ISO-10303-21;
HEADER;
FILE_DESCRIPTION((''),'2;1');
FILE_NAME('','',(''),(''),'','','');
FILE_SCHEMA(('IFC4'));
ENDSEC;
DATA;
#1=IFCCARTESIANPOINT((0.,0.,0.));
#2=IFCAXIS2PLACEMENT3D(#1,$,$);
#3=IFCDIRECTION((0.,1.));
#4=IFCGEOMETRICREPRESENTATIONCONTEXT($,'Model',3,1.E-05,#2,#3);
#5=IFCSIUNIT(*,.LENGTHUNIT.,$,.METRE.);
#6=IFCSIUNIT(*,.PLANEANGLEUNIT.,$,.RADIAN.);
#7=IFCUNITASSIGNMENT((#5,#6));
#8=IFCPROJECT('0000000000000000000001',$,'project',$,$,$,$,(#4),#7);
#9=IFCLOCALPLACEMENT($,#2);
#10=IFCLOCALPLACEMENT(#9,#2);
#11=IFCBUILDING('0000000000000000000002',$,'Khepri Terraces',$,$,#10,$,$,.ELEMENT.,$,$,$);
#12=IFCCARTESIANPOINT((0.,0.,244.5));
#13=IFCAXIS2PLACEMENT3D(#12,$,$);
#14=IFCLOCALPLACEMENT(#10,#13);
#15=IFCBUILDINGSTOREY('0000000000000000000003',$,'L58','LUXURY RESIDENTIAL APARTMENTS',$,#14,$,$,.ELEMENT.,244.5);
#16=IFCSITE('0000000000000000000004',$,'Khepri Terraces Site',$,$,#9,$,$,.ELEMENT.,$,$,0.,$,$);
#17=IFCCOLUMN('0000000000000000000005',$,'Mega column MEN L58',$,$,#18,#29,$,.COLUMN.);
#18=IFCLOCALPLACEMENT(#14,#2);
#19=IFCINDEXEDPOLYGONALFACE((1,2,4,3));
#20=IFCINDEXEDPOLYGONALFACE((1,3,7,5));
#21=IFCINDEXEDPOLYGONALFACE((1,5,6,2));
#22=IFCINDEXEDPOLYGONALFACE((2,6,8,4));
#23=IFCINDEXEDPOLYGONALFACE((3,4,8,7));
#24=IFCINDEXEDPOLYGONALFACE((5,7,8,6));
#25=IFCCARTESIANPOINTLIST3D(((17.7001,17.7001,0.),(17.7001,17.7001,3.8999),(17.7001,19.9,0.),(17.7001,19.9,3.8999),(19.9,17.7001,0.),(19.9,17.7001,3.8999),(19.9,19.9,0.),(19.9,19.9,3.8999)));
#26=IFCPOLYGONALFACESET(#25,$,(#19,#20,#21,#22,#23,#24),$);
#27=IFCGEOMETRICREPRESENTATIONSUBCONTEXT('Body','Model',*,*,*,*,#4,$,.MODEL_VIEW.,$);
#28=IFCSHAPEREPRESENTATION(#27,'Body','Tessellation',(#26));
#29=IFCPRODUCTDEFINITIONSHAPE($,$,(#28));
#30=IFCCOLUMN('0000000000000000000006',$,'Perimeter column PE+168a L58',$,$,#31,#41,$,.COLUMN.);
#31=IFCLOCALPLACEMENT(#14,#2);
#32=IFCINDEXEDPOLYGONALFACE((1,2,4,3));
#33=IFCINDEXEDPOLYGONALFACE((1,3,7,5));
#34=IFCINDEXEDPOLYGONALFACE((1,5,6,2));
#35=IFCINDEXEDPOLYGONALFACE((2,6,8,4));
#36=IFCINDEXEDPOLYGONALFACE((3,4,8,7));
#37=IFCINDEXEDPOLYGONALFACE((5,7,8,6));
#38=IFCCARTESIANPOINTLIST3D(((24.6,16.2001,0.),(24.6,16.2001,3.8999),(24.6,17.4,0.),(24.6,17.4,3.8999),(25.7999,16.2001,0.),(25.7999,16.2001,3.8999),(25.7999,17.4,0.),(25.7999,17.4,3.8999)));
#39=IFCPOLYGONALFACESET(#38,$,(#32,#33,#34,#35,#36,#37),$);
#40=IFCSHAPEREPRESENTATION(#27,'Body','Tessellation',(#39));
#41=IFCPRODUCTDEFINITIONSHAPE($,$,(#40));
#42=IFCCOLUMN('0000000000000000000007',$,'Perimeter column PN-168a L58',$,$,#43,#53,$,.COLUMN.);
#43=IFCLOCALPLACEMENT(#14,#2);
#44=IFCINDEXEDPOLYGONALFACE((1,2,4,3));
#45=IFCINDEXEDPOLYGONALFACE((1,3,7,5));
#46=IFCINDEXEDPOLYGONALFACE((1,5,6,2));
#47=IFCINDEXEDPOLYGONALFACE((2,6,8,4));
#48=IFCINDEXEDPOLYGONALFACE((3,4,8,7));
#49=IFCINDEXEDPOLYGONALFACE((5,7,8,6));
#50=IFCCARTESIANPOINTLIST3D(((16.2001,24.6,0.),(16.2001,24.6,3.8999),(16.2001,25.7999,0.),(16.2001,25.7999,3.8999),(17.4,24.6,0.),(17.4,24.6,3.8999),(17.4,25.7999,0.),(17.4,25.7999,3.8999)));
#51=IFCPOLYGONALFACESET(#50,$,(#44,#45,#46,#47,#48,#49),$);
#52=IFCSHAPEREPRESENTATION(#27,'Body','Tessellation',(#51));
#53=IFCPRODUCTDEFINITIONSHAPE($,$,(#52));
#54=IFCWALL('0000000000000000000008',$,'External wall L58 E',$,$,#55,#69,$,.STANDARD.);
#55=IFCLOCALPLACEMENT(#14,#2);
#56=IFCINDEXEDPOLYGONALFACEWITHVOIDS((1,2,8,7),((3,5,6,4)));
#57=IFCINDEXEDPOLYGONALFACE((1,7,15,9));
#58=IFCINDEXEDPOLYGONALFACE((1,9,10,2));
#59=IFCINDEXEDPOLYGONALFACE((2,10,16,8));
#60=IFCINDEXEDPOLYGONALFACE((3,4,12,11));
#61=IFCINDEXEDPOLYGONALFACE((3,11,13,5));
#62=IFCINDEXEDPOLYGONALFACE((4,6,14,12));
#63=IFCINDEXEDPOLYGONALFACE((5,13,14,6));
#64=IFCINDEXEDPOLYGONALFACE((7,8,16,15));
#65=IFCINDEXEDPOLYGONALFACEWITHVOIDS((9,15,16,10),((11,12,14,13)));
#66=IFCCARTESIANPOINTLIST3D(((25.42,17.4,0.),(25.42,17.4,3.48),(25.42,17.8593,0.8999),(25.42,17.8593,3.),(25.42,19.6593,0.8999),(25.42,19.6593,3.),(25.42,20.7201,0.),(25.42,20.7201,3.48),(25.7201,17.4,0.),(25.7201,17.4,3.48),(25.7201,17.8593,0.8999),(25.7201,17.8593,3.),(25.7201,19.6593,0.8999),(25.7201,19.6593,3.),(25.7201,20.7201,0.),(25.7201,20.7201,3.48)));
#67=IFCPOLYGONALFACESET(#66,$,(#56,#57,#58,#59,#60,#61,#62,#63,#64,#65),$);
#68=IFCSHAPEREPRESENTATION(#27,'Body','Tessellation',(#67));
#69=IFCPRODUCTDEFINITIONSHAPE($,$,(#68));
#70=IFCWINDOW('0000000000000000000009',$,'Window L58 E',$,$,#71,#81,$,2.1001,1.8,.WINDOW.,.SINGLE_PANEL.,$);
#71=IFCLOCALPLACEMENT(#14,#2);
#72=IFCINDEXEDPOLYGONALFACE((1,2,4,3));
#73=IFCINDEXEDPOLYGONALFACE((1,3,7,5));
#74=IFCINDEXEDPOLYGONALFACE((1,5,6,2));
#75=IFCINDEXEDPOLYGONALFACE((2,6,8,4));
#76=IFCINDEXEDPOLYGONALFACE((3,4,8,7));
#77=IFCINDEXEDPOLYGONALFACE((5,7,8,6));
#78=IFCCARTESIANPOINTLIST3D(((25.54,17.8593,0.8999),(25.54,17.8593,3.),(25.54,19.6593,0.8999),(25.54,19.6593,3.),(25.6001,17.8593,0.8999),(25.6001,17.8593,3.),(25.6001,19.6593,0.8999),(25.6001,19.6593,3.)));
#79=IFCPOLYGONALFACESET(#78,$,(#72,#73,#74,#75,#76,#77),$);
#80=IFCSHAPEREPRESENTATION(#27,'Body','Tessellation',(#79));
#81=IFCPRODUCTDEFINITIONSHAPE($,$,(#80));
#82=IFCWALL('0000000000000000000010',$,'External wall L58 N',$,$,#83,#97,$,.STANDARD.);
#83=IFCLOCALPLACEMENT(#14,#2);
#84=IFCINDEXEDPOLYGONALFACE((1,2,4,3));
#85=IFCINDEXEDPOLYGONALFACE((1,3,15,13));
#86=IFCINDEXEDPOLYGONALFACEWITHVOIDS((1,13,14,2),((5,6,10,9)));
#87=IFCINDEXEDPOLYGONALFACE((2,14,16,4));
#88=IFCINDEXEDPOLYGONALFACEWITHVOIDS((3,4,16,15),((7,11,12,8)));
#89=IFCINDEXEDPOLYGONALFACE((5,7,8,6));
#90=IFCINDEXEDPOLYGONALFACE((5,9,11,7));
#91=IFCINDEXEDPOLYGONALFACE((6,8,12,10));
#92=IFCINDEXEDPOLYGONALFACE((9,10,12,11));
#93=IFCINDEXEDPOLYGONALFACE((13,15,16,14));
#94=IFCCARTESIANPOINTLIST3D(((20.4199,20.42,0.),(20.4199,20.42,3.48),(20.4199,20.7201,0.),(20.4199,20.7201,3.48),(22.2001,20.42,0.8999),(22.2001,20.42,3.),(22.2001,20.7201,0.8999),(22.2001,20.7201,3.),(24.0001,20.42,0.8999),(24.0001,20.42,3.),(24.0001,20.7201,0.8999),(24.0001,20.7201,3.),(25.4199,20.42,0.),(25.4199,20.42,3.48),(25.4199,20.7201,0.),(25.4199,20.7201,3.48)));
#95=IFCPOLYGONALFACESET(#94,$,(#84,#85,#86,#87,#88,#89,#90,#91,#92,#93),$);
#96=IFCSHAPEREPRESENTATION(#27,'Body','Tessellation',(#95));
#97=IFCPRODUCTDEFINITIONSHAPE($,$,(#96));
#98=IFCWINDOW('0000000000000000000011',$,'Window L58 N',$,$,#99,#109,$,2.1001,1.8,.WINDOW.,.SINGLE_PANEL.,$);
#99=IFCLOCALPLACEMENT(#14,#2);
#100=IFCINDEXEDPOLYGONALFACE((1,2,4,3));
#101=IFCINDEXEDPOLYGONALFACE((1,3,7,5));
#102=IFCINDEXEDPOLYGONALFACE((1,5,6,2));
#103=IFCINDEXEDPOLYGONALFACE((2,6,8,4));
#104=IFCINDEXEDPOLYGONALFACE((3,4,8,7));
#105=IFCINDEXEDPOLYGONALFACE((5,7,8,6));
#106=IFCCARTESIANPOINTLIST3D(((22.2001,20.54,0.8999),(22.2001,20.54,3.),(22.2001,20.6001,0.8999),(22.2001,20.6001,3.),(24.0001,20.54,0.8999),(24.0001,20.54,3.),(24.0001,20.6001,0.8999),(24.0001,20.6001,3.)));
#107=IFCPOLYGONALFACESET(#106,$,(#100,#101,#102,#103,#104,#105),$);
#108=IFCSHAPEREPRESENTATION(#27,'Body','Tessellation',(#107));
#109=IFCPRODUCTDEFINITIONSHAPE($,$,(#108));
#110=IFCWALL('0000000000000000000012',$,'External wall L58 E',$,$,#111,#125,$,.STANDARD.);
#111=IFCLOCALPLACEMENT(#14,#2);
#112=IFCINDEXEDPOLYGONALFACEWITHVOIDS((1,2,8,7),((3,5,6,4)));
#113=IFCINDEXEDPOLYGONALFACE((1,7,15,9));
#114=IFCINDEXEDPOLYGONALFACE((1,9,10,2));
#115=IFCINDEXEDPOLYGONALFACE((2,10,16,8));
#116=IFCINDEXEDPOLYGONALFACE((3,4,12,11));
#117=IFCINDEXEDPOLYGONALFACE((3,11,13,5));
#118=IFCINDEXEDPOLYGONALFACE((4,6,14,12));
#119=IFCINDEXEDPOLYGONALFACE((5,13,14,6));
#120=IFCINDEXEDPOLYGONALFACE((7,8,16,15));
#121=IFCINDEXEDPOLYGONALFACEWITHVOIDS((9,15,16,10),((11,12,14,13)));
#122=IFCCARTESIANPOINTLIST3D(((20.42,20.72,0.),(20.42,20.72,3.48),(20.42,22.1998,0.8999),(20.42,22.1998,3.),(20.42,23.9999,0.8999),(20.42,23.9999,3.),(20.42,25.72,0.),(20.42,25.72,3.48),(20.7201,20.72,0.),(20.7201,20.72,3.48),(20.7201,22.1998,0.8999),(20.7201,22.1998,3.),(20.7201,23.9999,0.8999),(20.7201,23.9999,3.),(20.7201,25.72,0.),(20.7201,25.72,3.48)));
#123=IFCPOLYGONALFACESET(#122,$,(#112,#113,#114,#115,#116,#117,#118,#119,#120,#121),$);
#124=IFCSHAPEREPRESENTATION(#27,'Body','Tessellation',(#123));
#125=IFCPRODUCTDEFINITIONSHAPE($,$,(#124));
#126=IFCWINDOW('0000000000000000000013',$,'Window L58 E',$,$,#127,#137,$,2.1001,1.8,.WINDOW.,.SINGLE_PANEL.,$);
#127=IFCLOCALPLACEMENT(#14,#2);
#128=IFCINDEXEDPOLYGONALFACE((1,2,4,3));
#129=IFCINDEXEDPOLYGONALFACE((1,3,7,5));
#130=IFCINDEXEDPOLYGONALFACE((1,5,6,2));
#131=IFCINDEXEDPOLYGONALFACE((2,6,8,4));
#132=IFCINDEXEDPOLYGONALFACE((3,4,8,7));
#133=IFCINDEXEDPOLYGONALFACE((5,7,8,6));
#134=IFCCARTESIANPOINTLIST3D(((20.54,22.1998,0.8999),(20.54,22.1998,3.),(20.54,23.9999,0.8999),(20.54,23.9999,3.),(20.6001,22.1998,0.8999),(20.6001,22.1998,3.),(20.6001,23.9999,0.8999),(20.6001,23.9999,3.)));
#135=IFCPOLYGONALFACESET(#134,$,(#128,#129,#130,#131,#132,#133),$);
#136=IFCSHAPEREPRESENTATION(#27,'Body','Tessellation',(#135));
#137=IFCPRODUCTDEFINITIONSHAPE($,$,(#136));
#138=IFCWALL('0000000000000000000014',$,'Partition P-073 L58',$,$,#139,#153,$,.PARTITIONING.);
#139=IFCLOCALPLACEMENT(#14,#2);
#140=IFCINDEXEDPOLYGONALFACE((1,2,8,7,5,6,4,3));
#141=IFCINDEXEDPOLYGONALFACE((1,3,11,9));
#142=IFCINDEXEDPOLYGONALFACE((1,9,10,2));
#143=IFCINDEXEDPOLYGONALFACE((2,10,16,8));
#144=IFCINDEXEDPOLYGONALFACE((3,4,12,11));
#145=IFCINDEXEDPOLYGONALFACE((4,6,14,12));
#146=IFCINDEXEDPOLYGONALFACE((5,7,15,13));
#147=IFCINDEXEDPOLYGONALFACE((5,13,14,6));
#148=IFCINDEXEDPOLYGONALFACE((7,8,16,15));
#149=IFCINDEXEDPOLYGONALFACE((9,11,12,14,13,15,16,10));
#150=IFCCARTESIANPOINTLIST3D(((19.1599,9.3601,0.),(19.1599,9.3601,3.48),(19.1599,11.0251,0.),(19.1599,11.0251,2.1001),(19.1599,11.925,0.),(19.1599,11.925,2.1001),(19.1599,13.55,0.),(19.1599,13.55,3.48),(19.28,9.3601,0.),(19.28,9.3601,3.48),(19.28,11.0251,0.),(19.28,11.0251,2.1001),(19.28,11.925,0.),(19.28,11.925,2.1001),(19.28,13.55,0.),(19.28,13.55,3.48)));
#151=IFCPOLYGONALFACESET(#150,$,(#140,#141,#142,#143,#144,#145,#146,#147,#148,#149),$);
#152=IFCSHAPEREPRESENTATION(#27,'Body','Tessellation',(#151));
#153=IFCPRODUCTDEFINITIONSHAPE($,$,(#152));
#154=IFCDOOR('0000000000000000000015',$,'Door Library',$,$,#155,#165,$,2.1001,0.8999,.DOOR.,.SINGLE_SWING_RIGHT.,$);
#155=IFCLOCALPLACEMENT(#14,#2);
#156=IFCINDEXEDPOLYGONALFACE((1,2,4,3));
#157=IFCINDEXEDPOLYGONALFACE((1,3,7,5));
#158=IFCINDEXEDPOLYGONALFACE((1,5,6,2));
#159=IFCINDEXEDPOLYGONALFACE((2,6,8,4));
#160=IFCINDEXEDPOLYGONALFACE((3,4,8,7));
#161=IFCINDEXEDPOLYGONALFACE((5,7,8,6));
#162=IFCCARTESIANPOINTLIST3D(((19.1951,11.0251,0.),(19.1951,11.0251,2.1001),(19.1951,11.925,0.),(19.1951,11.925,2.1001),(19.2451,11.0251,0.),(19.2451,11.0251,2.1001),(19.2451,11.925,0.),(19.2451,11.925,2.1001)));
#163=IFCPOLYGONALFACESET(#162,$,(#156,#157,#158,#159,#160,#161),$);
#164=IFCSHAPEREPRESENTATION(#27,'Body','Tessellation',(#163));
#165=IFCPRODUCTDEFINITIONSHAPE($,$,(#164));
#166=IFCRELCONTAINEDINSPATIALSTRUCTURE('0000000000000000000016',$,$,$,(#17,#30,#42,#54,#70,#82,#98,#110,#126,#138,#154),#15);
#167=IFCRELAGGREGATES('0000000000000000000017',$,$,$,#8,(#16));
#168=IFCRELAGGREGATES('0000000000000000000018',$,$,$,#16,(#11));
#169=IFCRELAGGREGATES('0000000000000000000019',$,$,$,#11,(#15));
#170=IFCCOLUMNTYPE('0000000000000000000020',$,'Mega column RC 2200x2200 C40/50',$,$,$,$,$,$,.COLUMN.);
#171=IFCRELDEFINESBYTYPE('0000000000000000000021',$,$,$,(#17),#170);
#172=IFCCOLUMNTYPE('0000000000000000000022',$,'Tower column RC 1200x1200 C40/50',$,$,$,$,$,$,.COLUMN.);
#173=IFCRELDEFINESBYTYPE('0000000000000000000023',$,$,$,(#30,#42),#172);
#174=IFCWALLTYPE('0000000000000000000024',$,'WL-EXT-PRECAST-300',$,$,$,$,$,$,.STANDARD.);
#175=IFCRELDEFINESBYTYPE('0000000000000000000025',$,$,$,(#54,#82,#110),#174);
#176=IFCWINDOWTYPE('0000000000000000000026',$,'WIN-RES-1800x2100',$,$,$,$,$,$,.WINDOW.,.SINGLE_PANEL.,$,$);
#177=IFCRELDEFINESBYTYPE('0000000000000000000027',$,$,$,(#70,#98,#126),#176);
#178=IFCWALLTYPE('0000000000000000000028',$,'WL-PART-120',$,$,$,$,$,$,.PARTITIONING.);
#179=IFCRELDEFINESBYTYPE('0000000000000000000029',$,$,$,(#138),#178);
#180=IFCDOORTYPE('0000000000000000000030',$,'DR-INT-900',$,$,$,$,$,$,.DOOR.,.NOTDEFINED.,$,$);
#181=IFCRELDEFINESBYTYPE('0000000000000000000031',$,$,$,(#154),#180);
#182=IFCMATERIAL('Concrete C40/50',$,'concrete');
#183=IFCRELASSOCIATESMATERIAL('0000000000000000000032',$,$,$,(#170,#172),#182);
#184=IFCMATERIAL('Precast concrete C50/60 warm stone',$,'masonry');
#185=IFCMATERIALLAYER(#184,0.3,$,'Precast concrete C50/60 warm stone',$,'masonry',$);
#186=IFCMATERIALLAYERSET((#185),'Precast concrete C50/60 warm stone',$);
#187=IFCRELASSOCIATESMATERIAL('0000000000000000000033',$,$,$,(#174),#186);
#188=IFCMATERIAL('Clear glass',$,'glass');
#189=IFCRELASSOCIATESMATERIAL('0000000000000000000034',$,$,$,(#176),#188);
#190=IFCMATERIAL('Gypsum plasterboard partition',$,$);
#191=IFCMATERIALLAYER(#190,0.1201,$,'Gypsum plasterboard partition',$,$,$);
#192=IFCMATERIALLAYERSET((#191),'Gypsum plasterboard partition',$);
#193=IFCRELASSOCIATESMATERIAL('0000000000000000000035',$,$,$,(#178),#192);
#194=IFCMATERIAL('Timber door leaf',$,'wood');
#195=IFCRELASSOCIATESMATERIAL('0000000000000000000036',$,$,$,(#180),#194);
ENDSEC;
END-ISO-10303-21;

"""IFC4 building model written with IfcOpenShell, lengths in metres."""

from ifc_helpers import new_model, si_unit, direction, frame, frame_2d, origin, origin_2d, place, context, subcontext, project, spatial, rectangle, extrude, material, layer, layer_set, material_profile, profile_set, type_object, element, fill, save


model = new_model("IFC4")

# Units and contexts
model_context = context("Model", 3, precision=1e-05, world=origin(), true_north=direction((0.0, 1.0)))
body_context = subcontext(model_context, "Body", "Model", "MODEL_VIEW")
ifc_project = project(units=[si_unit("LENGTHUNIT", "METRE"), si_unit("PLANEANGLEUNIT", "RADIAN")], contexts=[model_context])

# Site, building, storey
site_placement = place(None, origin())
site = spatial("IfcSite", under=ifc_project, at=site_placement, Name="Khepri Terraces Site", CompositionType="ELEMENT", RefElevation=0.0)
building_placement = place(site_placement, origin())
building = spatial("IfcBuilding", under=site, at=building_placement, Name="Khepri Terraces", CompositionType="ELEMENT")
storey_placement = place(building_placement, frame((0.0, 0.0, 244.5)))
storey = spatial("IfcBuildingStorey", under=building, at=storey_placement, Name="L58", Description="LUXURY RESIDENTIAL APARTMENTS", CompositionType="ELEMENT", Elevation=244.5)

# Columns
ifc_material_1 = material(Name="Concrete C40/50", Category="concrete")
ifc_material_profile_1 = material_profile(ifc_material_1, rectangle(XDim=2.2, YDim=2.2, at=origin_2d()), Name="Concrete C40/50", Category="concrete")
ifc_profile_set_1 = profile_set([ifc_material_profile_1], Name="Concrete C40/50")
column_type_1 = type_object("IfcColumnType", Name="Mega column RC 2200x2200 C40/50", PredefinedType="COLUMN", material=ifc_profile_set_1)
column_placement = place(storey_placement, frame((18.8, 18.8, 0.0), z_axis=(0.0, 0.0, 1.0), x_axis=(1.0, 0.0, 0.0)))
element("IfcColumn", 1, at=column_placement, inside=storey, type_object=column_type_1, Name="Mega column MEN L58", PredefinedType="COLUMN", context=body_context, shape_type="SweptSolid", body=[
    extrude(rectangle(XDim=2.2, YDim=2.2, at=origin_2d()), origin(), (0.0, 0.0, 1.0), 3.8999),
])
ifc_material_profile_2 = material_profile(ifc_material_1, rectangle(XDim=1.2, YDim=1.2, at=origin_2d()), Name="Concrete C40/50", Category="concrete")
ifc_profile_set_2 = profile_set([ifc_material_profile_2], Name="Concrete C40/50")
column_type_2 = type_object("IfcColumnType", Name="Tower column RC 1200x1200 C40/50", PredefinedType="COLUMN", material=ifc_profile_set_2)
for number, where, z_axis, x_axis, name in (
    (2, (25.2, 16.8, 0.0), (0.0, 0.0, 1.0), (1.0, 0.0, 0.0), "Perimeter column PE+168a L58"),
    (3, (16.8, 25.2, 0.0), (0.0, 0.0, 1.0), (1.0, 0.0, 0.0), "Perimeter column PN-168a L58"),
):
    element("IfcColumn", number, at=place(storey_placement, frame(where, z_axis=z_axis, x_axis=x_axis)), inside=storey, type_object=column_type_2, Name=name, PredefinedType="COLUMN", context=body_context, shape_type="SweptSolid", body=[
        extrude(rectangle(XDim=1.2, YDim=1.2, at=origin_2d()), origin(), (0.0, 0.0, 1.0), 3.8999),
    ])

# Walls, openings, windows
ifc_material_2 = material(Name="Precast concrete C50/60 warm stone", Category="masonry")
ifc_layer_1 = layer(ifc_material_2, 0.3, Name="Precast concrete C50/60 warm stone", Category="masonry")
ifc_layer_set_1 = layer_set([ifc_layer_1], Name="Precast concrete C50/60 warm stone")
wall_type_1 = type_object("IfcWallType", Name="WL-EXT-PRECAST-300", PredefinedType="STANDARD", material=ifc_layer_set_1)
wall_1_placement = place(storey_placement, frame((25.5701, 17.3999, 0.0), z_axis=(0.0, 0.0, 1.0), x_axis=(0.0, 1.0, 0.0)))
wall_1 = element("IfcWall", 4, at=wall_1_placement, inside=storey, type_object=wall_type_1, Name="External wall L58 E", PredefinedType="STANDARD", context=body_context, shape_type="SweptSolid", body=[
    extrude(rectangle(XDim=3.3201, YDim=0.3, at=frame_2d((1.6602, 0.0))), origin(), (0.0, 0.0, 1.0), 3.48),
])
opening_1_placement = place(wall_1_placement, frame((0.4595, 0.0, 0.8999)))
opening_1 = element("IfcOpeningElement", 5, at=opening_1_placement, cuts=wall_1, PredefinedType="OPENING", context=body_context, shape_type="SweptSolid", body=[
    extrude(rectangle(XDim=1.8, YDim=2.1001, at=frame_2d((0.8999, 1.05))), frame((0.0, 0.1602, 0.0), z_axis=(0.0, -1.0, 0.0), x_axis=(1.0, 0.0, 0.0)), (0.0, 0.0, 1.0), 0.3201),
])
ifc_material_3 = material(Name="Clear glass", Category="glass")
window_type = type_object("IfcWindowType", Name="WIN-RES-1800x2100", PartitioningType="SINGLE_PANEL", PredefinedType="WINDOW", material=ifc_material_3)
window_1_placement = place(opening_1_placement, origin())
window_1 = element("IfcWindow", 6, at=window_1_placement, inside=storey, type_object=window_type, Name="Window L58 E", OverallHeight=2.1001, OverallWidth=1.8, PartitioningType="SINGLE_PANEL", PredefinedType="WINDOW", context=body_context, shape_type="SweptSolid", body=[
    extrude(rectangle(XDim=1.8, YDim=2.1001, at=frame_2d((0.8999, 1.05))), frame((0.0, 0.03, 0.0), z_axis=(0.0, -1.0, 0.0), x_axis=(1.0, 0.0, 0.0)), (0.0, 0.0, 1.0), 0.0601),
])
fill(opening_1, window_1)
wall_2_placement = place(storey_placement, frame((25.4199, 20.5701, 0.0), z_axis=(0.0, 0.0, 1.0), x_axis=(-1.0, 0.0, 0.0)))
wall_2 = element("IfcWall", 7, at=wall_2_placement, inside=storey, type_object=wall_type_1, Name="External wall L58 N", PredefinedType="STANDARD", context=body_context, shape_type="SweptSolid", body=[
    extrude(rectangle(XDim=5.0, YDim=0.3, at=frame_2d((2.5, 0.0))), origin(), (0.0, 0.0, 1.0), 3.48),
])
opening_2_placement = place(wall_2_placement, frame((1.4199, 0.0, 0.8999)))
opening_2 = element("IfcOpeningElement", 8, at=opening_2_placement, cuts=wall_2, PredefinedType="OPENING", context=body_context, shape_type="SweptSolid", body=[
    extrude(rectangle(XDim=1.8, YDim=2.1001, at=frame_2d((0.8999, 1.05))), frame((0.0, 0.1602, 0.0), z_axis=(0.0, -1.0, 0.0), x_axis=(1.0, 0.0, 0.0)), (0.0, 0.0, 1.0), 0.3201),
])
window_2_placement = place(opening_2_placement, origin())
window_2 = element("IfcWindow", 9, at=window_2_placement, inside=storey, type_object=window_type, Name="Window L58 N", OverallHeight=2.1001, OverallWidth=1.8, PartitioningType="SINGLE_PANEL", PredefinedType="WINDOW", context=body_context, shape_type="SweptSolid", body=[
    extrude(rectangle(XDim=1.8, YDim=2.1001, at=frame_2d((0.8999, 1.05))), frame((0.0, 0.03, 0.0), z_axis=(0.0, -1.0, 0.0), x_axis=(1.0, 0.0, 0.0)), (0.0, 0.0, 1.0), 0.0601),
])
fill(opening_2, window_2)
wall_3_placement = place(storey_placement, frame((20.5701, 20.72, 0.0), z_axis=(0.0, 0.0, 1.0), x_axis=(0.0, 1.0, 0.0)))
wall_3 = element("IfcWall", 10, at=wall_3_placement, inside=storey, type_object=wall_type_1, Name="External wall L58 E", PredefinedType="STANDARD", context=body_context, shape_type="SweptSolid", body=[
    extrude(rectangle(XDim=5.0, YDim=0.3, at=frame_2d((2.5, 0.0))), origin(), (0.0, 0.0, 1.0), 3.48),
])
opening_3_placement = place(wall_3_placement, frame((1.48, 0.0, 0.8999)))
opening_3 = element("IfcOpeningElement", 11, at=opening_3_placement, cuts=wall_3, PredefinedType="OPENING", context=body_context, shape_type="SweptSolid", body=[
    extrude(rectangle(XDim=1.8, YDim=2.1001, at=frame_2d((0.8999, 1.05))), frame((0.0, 0.1602, 0.0), z_axis=(0.0, -1.0, 0.0), x_axis=(1.0, 0.0, 0.0)), (0.0, 0.0, 1.0), 0.3201),
])
window_3_placement = place(opening_3_placement, origin())
window_3 = element("IfcWindow", 12, at=window_3_placement, inside=storey, type_object=window_type, Name="Window L58 E", OverallHeight=2.1001, OverallWidth=1.8, PartitioningType="SINGLE_PANEL", PredefinedType="WINDOW", context=body_context, shape_type="SweptSolid", body=[
    extrude(rectangle(XDim=1.8, YDim=2.1001, at=frame_2d((0.8999, 1.05))), frame((0.0, 0.03, 0.0), z_axis=(0.0, -1.0, 0.0), x_axis=(1.0, 0.0, 0.0)), (0.0, 0.0, 1.0), 0.0601),
])
fill(opening_3, window_3)

# Wall, opening, door
ifc_material_4 = material(Name="Gypsum plasterboard partition")
ifc_layer_2 = layer(ifc_material_4, 0.1201, Name="Gypsum plasterboard partition")
ifc_layer_set_2 = layer_set([ifc_layer_2], Name="Gypsum plasterboard partition")
wall_type_2 = type_object("IfcWallType", Name="WL-PART-120", PredefinedType="PARTITIONING", material=ifc_layer_set_2)
wall_4_placement = place(storey_placement, frame((19.22, 9.3601, 0.0), z_axis=(0.0, 0.0, 1.0), x_axis=(0.0, 1.0, 0.0)))
wall_4 = element("IfcWall", 13, at=wall_4_placement, inside=storey, type_object=wall_type_2, Name="Partition P-073 L58", PredefinedType="PARTITIONING", context=body_context, shape_type="SweptSolid", body=[
    extrude(rectangle(XDim=4.1899, YDim=0.1201, at=frame_2d((2.095, 0.0))), origin(), (0.0, 0.0, 1.0), 3.48),
])
opening_4_placement = place(wall_4_placement, frame((1.665, 0.0, 0.0)))
opening_4 = element("IfcOpeningElement", 14, at=opening_4_placement, cuts=wall_4, PredefinedType="OPENING", context=body_context, shape_type="SweptSolid", body=[
    extrude(rectangle(XDim=0.8999, YDim=2.1001, at=frame_2d((0.45, 1.05))), frame((0.0, 0.0701, 0.0), z_axis=(0.0, -1.0, 0.0), x_axis=(1.0, 0.0, 0.0)), (0.0, 0.0, 1.0), 0.1401),
])
ifc_material_5 = material(Name="Timber door leaf", Category="wood")
door_type_1 = type_object("IfcDoorType", Name="DR-INT-900", OperationType="NOTDEFINED", PredefinedType="DOOR", material=ifc_material_5)
door_1_placement = place(opening_4_placement, origin())
door_1 = element("IfcDoor", 15, at=door_1_placement, inside=storey, type_object=door_type_1, Name="Door Library", OperationType="SINGLE_SWING_RIGHT", OverallHeight=2.1001, OverallWidth=0.8999, PredefinedType="DOOR", context=body_context, shape_type="SweptSolid", body=[
    extrude(rectangle(XDim=0.8999, YDim=2.1001, at=frame_2d((0.45, 1.05))), frame((0.0, 0.0249, 0.0), z_axis=(0.0, -1.0, 0.0), x_axis=(1.0, 0.0, 0.0)), (0.0, 0.0, 1.0), 0.05),
])
fill(opening_4, door_1)

save(model, "model.ifc")
